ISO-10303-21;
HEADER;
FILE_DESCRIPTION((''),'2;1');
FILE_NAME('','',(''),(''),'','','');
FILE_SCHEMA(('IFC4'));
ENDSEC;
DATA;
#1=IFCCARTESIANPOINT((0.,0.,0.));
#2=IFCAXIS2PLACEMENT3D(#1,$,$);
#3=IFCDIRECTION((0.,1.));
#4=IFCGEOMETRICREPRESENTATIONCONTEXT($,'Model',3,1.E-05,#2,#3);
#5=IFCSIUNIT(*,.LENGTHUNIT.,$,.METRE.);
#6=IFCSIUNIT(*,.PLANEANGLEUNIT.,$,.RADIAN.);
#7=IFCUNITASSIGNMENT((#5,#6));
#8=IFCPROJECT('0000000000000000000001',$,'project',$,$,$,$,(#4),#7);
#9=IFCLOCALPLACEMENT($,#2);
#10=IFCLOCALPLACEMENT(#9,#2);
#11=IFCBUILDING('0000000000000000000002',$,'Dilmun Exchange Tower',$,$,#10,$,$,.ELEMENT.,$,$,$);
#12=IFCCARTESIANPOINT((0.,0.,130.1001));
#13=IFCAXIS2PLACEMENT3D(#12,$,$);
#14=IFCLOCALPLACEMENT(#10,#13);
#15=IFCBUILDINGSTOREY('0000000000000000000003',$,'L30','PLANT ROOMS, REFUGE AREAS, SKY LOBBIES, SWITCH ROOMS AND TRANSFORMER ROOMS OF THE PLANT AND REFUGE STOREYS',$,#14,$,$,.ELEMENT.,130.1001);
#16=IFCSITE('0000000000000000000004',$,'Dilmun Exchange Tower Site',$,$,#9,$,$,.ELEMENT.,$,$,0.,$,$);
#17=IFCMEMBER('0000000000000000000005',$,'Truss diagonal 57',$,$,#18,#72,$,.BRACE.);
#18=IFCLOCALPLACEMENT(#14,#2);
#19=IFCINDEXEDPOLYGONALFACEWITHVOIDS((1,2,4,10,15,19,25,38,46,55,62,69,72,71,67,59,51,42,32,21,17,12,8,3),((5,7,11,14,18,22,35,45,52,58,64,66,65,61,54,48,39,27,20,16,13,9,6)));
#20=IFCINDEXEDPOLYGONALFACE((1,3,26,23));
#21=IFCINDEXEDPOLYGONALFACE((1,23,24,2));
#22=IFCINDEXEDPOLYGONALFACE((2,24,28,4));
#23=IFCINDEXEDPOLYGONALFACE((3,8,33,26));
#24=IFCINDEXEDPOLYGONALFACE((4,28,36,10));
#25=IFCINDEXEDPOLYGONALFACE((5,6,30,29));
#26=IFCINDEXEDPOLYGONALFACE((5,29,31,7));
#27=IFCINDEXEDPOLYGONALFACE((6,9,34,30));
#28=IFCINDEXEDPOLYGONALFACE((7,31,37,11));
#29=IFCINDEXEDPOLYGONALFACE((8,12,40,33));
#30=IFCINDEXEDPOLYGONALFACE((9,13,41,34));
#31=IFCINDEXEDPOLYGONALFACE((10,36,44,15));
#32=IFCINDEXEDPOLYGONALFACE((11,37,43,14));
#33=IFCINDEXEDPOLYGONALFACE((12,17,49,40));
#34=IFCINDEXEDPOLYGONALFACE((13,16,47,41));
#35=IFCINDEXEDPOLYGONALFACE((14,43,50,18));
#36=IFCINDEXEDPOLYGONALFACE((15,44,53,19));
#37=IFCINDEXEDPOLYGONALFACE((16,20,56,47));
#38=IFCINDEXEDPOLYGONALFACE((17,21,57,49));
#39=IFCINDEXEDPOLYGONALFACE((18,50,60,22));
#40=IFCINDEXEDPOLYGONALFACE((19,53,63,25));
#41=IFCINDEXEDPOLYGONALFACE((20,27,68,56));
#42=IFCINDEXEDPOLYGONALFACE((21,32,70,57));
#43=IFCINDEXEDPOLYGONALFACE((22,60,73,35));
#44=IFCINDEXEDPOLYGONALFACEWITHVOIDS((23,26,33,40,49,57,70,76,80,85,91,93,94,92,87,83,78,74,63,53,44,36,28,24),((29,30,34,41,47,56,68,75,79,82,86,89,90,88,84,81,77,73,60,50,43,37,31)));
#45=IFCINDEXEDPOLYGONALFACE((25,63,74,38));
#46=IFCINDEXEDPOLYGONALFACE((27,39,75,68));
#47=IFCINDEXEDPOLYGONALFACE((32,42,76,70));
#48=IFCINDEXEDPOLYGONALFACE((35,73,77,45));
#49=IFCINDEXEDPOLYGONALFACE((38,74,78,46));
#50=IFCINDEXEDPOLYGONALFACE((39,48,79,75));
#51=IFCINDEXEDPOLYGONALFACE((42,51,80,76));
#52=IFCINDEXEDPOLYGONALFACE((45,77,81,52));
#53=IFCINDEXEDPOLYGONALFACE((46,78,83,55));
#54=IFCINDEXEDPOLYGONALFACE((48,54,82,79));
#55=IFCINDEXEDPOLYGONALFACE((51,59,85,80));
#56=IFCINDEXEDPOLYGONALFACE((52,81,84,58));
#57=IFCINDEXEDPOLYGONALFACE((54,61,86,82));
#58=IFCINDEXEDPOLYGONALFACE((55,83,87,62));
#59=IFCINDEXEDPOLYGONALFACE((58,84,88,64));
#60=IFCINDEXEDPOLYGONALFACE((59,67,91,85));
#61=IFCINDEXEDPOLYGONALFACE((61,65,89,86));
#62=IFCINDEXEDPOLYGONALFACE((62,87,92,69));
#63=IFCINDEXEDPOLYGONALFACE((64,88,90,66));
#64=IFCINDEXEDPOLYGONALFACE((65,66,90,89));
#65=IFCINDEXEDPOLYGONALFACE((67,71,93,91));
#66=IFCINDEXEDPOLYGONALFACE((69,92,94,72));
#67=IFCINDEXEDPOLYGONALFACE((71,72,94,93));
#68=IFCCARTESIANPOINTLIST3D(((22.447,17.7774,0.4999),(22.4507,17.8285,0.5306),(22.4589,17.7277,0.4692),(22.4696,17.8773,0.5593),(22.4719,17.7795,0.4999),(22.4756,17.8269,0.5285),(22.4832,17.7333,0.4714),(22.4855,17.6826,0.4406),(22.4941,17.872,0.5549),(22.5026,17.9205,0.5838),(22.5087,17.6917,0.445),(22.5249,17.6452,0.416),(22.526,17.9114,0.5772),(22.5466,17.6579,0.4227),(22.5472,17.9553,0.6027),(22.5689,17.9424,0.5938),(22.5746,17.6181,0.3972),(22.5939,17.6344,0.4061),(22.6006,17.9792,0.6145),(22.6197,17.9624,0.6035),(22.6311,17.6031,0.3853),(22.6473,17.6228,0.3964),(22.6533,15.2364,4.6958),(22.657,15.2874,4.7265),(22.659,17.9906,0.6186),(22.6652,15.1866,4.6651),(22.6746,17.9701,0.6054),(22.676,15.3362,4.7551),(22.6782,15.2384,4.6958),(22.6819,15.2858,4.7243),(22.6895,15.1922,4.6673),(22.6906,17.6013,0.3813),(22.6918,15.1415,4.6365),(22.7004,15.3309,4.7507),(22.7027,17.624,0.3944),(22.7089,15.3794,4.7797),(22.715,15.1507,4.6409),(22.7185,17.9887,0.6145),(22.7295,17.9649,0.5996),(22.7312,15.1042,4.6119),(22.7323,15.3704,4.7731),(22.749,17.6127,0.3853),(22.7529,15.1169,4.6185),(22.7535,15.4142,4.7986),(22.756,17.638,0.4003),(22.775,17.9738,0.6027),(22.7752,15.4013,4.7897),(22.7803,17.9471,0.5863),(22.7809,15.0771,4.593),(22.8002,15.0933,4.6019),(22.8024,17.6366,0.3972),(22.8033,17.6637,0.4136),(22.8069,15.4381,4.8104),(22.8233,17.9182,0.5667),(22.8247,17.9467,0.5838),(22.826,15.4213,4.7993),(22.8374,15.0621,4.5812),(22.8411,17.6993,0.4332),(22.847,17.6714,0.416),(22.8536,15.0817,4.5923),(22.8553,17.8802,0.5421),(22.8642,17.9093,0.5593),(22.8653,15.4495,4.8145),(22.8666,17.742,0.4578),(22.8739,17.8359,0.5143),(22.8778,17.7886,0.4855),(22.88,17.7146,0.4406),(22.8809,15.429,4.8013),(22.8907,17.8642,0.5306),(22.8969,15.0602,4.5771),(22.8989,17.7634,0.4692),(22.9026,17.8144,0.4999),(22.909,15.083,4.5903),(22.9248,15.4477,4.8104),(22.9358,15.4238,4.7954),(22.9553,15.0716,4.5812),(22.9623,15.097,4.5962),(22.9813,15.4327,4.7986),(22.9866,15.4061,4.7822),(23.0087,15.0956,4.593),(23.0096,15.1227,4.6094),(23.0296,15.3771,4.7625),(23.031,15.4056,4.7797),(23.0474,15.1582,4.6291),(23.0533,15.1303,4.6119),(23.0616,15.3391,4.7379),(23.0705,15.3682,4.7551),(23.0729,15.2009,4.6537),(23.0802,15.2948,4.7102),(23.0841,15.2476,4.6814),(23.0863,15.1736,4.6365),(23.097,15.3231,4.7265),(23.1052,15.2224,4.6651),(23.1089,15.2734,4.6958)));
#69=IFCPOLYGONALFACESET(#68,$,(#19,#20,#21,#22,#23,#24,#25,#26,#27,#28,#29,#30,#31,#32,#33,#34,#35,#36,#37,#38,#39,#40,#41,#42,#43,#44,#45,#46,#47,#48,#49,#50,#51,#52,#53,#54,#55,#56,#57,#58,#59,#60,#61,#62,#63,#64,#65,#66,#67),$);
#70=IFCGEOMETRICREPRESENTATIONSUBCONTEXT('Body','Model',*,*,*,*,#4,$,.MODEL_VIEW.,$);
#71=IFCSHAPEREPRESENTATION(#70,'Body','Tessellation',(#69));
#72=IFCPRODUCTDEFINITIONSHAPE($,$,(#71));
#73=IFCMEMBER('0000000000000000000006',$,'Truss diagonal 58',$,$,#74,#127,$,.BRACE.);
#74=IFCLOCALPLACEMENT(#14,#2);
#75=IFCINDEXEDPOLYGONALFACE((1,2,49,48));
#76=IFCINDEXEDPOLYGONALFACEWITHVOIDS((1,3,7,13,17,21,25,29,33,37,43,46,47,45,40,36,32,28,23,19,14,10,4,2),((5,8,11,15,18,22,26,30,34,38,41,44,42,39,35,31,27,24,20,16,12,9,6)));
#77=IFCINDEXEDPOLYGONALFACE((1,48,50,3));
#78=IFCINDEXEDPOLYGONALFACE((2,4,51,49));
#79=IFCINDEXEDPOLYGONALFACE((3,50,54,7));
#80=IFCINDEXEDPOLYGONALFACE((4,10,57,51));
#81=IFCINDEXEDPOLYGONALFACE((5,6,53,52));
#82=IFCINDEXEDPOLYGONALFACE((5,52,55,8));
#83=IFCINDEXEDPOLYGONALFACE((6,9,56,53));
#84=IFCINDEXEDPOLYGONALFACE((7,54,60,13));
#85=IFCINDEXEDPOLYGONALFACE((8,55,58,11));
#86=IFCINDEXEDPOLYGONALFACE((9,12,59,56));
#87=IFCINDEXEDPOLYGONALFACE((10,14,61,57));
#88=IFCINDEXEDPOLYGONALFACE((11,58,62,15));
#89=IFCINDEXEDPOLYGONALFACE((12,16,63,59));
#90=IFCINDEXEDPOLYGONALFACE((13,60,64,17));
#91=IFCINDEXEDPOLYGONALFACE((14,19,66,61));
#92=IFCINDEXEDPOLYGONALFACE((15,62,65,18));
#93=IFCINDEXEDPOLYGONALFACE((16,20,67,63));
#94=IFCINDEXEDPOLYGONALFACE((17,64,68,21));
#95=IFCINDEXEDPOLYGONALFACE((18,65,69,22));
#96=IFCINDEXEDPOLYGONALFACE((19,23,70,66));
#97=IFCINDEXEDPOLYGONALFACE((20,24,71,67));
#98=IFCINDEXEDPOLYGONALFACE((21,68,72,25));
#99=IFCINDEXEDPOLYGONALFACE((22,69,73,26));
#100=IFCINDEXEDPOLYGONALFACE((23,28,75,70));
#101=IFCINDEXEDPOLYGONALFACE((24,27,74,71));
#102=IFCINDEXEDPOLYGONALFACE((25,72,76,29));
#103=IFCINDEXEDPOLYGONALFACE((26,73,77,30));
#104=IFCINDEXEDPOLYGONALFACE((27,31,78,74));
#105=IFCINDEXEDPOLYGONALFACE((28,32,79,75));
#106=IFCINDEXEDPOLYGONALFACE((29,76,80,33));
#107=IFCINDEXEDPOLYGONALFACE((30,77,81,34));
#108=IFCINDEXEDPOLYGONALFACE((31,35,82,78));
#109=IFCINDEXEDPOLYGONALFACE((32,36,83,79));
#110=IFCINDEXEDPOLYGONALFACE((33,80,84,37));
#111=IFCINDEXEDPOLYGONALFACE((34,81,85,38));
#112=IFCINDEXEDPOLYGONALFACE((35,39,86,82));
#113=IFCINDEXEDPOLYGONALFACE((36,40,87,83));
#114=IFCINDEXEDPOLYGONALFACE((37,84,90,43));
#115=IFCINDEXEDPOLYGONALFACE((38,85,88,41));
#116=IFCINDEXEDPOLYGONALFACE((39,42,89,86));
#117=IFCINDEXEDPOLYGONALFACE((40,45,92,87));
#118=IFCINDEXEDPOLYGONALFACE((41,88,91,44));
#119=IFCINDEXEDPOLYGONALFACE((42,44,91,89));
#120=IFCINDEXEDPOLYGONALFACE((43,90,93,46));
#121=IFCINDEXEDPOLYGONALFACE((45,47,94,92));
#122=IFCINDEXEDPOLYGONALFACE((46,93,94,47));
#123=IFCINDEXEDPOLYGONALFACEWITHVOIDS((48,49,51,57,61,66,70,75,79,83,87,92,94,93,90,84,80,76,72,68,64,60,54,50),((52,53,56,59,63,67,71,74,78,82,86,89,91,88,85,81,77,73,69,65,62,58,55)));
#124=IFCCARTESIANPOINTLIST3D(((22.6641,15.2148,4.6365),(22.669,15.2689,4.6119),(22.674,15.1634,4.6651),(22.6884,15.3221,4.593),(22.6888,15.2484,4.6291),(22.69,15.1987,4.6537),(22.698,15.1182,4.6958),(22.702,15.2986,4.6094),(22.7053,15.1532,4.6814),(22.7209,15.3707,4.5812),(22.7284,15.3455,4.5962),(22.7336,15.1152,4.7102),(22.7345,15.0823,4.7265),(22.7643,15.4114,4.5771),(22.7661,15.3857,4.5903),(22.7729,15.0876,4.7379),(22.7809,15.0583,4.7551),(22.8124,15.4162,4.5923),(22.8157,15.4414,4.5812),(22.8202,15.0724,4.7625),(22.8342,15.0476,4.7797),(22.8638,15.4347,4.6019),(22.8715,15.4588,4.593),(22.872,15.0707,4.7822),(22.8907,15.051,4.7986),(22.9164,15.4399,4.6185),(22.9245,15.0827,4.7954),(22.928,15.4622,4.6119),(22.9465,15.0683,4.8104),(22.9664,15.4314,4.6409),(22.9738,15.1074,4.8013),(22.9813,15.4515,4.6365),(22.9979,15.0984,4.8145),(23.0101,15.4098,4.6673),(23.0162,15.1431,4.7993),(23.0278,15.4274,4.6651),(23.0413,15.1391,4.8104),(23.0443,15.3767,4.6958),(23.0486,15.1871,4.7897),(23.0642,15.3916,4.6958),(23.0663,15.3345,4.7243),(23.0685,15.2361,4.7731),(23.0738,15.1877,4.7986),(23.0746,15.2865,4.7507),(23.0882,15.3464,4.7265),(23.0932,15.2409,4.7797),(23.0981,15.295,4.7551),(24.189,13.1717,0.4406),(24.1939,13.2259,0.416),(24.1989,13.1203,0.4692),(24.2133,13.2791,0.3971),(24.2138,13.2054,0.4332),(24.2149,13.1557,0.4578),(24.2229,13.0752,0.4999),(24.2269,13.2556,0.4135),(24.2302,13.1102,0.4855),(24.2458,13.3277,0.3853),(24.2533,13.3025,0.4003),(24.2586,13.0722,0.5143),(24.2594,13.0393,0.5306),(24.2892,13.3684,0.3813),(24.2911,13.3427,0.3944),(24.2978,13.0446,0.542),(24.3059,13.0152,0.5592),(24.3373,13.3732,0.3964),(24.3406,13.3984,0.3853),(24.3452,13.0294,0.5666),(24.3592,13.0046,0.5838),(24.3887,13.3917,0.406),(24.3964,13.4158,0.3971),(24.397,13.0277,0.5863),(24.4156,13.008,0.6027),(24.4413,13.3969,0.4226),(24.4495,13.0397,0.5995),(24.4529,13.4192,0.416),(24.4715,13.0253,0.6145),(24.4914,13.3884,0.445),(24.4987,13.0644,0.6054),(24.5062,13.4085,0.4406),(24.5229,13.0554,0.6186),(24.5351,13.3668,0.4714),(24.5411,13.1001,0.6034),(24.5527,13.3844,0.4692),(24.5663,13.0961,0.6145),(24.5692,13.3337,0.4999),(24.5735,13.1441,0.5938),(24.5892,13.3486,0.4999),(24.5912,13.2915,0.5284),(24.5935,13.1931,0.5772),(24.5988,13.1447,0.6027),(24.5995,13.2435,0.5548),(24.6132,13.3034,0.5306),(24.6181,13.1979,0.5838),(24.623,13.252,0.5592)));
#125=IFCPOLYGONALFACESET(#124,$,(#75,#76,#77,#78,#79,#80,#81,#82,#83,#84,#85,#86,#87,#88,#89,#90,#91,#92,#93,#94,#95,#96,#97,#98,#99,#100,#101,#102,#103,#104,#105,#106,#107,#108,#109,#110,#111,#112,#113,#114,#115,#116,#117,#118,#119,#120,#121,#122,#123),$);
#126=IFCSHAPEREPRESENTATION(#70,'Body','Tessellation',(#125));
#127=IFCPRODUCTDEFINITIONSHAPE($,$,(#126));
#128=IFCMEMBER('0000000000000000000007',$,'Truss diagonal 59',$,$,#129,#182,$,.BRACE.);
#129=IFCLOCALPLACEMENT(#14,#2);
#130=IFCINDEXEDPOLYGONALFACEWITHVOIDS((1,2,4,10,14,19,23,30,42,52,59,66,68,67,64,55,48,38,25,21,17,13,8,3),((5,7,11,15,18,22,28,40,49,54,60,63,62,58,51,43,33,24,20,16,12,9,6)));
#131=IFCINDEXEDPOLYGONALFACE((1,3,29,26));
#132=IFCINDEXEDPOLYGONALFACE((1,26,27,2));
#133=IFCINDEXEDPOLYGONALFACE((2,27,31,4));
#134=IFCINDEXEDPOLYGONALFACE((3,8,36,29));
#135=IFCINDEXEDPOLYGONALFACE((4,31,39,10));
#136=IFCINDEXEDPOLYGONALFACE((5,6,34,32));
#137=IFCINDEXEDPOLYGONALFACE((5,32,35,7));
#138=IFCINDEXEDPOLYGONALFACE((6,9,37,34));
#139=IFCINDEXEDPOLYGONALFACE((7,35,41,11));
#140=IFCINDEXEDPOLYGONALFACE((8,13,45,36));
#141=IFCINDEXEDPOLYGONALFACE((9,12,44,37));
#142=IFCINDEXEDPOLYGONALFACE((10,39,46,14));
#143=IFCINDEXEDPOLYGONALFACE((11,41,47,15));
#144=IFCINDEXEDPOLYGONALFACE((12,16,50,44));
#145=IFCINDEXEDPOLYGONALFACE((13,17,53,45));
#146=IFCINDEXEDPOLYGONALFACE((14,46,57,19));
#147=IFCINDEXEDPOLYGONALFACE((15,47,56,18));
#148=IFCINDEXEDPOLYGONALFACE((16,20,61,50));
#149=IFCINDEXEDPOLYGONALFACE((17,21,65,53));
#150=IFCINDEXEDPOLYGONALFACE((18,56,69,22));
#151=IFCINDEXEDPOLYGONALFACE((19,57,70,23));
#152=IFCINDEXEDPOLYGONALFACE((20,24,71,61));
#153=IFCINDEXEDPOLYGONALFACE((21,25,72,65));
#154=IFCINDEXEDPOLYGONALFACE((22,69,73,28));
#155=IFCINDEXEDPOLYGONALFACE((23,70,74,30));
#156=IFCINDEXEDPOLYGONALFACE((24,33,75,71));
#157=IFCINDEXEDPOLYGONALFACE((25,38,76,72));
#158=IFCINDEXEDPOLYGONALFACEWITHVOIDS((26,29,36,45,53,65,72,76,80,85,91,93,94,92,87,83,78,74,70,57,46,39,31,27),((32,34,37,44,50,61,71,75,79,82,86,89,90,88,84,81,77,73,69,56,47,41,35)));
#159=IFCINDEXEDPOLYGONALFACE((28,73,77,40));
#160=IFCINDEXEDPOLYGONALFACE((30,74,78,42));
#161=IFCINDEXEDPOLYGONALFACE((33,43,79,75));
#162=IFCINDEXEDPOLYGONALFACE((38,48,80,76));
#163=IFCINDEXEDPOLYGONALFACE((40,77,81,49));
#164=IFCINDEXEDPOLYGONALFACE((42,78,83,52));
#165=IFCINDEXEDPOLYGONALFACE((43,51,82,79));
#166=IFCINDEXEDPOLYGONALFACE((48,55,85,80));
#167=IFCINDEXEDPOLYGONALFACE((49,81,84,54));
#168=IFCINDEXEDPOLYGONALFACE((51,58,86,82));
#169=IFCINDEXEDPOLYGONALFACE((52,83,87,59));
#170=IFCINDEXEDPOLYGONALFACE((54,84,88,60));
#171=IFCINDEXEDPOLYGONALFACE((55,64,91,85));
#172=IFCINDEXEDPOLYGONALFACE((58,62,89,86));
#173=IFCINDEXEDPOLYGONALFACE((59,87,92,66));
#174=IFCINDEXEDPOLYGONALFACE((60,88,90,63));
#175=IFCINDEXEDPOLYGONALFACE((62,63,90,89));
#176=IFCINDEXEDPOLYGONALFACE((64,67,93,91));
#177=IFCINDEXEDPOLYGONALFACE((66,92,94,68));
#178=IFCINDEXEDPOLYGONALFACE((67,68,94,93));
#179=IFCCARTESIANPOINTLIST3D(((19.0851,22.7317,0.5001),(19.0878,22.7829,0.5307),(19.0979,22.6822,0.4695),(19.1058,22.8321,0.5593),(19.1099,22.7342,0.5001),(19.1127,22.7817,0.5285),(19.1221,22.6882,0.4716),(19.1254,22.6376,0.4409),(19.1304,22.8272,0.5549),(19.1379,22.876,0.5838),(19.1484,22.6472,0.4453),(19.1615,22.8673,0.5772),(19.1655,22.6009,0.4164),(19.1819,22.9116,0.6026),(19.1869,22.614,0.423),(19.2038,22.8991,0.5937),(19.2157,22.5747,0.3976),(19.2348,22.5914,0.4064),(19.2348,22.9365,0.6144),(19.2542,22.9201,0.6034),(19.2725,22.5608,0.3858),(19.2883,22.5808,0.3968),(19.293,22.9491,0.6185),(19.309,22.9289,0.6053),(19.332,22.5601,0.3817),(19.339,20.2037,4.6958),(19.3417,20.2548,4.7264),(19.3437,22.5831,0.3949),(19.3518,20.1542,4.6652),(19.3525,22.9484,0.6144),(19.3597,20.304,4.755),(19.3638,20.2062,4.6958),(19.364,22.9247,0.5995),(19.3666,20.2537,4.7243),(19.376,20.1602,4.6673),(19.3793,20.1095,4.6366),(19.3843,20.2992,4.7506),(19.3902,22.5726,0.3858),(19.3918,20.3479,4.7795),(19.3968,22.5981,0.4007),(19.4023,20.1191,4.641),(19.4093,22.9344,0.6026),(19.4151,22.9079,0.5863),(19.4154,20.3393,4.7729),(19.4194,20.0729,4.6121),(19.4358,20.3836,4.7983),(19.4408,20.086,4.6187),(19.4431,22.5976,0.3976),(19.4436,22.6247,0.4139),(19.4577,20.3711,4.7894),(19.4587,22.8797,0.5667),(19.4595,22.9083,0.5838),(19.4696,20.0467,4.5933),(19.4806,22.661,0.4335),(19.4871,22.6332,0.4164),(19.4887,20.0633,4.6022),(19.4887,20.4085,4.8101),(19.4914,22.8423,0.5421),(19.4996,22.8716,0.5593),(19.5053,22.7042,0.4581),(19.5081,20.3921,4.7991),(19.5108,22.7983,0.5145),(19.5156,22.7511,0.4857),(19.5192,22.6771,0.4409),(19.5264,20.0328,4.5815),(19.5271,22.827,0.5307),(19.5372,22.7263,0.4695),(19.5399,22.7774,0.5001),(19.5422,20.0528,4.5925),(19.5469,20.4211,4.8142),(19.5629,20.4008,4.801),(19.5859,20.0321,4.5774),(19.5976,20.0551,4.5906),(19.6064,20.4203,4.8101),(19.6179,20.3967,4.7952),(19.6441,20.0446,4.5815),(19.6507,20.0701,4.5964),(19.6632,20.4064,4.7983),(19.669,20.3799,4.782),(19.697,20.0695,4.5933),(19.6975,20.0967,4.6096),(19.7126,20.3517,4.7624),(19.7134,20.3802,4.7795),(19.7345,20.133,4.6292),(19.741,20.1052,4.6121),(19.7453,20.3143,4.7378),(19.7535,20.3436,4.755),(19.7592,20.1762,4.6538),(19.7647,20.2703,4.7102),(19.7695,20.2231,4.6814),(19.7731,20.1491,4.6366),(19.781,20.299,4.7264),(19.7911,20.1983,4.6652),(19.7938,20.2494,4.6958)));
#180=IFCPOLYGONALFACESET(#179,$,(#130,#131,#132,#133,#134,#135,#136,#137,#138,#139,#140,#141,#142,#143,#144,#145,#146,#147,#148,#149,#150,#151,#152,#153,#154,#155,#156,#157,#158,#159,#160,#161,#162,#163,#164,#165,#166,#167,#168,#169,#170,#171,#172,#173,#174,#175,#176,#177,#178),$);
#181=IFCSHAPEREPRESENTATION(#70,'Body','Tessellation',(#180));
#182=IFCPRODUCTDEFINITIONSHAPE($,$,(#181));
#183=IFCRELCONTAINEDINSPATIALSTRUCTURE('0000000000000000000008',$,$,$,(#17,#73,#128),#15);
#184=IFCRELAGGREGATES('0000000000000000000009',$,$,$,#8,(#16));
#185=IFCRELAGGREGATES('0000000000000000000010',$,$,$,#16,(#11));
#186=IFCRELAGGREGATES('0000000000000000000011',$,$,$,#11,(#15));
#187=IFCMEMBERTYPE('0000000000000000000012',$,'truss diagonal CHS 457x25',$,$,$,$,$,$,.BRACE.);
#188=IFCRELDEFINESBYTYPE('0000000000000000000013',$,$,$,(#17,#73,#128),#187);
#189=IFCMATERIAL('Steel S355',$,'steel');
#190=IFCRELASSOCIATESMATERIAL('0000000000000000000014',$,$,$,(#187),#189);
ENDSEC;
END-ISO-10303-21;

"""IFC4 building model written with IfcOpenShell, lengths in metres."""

from ifc_helpers import new_model, si_unit, direction, frame, origin, origin_2d, place, context, subcontext, project, spatial, hollow_circle, extrude, material, material_profile, profile_set, type_object, element, save


model = new_model("IFC4")

# Units and contexts
model_context = context("Model", 3, precision=1e-05, world=origin(), true_north=direction((0.0, 1.0)))
body_context = subcontext(model_context, "Body", "Model", "MODEL_VIEW")
ifc_project = project(units=[si_unit("LENGTHUNIT", "METRE"), si_unit("PLANEANGLEUNIT", "RADIAN")], contexts=[model_context])

# Site, building, storey
site_placement = place(None, origin())
site = spatial("IfcSite", under=ifc_project, at=site_placement, Name="Dilmun Exchange Tower Site", CompositionType="ELEMENT", RefElevation=0.0)
building_placement = place(site_placement, origin())
building = spatial("IfcBuilding", under=site, at=building_placement, Name="Dilmun Exchange Tower", CompositionType="ELEMENT")
storey_placement = place(building_placement, frame((0.0, 0.0, 130.1001)))
storey = spatial("IfcBuildingStorey", under=building, at=storey_placement, Name="L30", Description="PLANT ROOMS, REFUGE AREAS, SKY LOBBIES, SWITCH ROOMS AND TRANSFORMER ROOMS OF THE PLANT AND REFUGE STOREYS", CompositionType="ELEMENT", Elevation=130.1001)

# Shared definitions
ifc_material_1 = material(Name="Steel S355", Category="steel")

# Members
ifc_material_profile_1 = material_profile(ifc_material_1, hollow_circle(Radius=0.2285, WallThickness=0.0249, at=origin_2d()), Name="CHS 457x25")
ifc_profile_set_1 = profile_set([ifc_material_profile_1], Name="Steel S355")
member_type = type_object("IfcMemberType", Name="truss diagonal CHS 457x25", PredefinedType="BRACE", material=ifc_profile_set_1)
for number, where, z_axis, x_axis, name in (
    (1, (22.8811, 15.2549, 4.6958), (-0.04202, 0.517562, -0.854613), (-0.99672, -0.080921, 0.0), "Truss diagonal 57"),
    (2, (22.8811, 15.2549, 4.6958), (0.310598, -0.41612, -0.854618), (0.801377, 0.59816, 0.0), "Truss diagonal 58"),
):
    element("IfcMember", number, at=place(storey_placement, frame(where, z_axis=z_axis, x_axis=x_axis)), inside=storey, type_object=member_type, Name=name, PredefinedType="BRACE", context=body_context, shape_type="SweptSolid", body=[
        extrude(hollow_circle(Radius=0.2285, WallThickness=0.0249, at=origin_2d()), origin(), (0.0, 0.0, 1.0), 4.9097),
    ])
member_1_placement = place(storey_placement, frame((19.5664, 20.2266, 4.6958), z_axis=(-0.051763, 0.515393, -0.855389), x_axis=(-0.994994, -0.099932, 0.0)))
element("IfcMember", 3, at=member_1_placement, inside=storey, type_object=member_type, Name="Truss diagonal 59", PredefinedType="BRACE", context=body_context, shape_type="SweptSolid", body=[
    extrude(hollow_circle(Radius=0.2285, WallThickness=0.0249, at=origin_2d()), origin(), (0.0, 0.0, 1.0), 4.905),
])

save(model, "model.ifc")
